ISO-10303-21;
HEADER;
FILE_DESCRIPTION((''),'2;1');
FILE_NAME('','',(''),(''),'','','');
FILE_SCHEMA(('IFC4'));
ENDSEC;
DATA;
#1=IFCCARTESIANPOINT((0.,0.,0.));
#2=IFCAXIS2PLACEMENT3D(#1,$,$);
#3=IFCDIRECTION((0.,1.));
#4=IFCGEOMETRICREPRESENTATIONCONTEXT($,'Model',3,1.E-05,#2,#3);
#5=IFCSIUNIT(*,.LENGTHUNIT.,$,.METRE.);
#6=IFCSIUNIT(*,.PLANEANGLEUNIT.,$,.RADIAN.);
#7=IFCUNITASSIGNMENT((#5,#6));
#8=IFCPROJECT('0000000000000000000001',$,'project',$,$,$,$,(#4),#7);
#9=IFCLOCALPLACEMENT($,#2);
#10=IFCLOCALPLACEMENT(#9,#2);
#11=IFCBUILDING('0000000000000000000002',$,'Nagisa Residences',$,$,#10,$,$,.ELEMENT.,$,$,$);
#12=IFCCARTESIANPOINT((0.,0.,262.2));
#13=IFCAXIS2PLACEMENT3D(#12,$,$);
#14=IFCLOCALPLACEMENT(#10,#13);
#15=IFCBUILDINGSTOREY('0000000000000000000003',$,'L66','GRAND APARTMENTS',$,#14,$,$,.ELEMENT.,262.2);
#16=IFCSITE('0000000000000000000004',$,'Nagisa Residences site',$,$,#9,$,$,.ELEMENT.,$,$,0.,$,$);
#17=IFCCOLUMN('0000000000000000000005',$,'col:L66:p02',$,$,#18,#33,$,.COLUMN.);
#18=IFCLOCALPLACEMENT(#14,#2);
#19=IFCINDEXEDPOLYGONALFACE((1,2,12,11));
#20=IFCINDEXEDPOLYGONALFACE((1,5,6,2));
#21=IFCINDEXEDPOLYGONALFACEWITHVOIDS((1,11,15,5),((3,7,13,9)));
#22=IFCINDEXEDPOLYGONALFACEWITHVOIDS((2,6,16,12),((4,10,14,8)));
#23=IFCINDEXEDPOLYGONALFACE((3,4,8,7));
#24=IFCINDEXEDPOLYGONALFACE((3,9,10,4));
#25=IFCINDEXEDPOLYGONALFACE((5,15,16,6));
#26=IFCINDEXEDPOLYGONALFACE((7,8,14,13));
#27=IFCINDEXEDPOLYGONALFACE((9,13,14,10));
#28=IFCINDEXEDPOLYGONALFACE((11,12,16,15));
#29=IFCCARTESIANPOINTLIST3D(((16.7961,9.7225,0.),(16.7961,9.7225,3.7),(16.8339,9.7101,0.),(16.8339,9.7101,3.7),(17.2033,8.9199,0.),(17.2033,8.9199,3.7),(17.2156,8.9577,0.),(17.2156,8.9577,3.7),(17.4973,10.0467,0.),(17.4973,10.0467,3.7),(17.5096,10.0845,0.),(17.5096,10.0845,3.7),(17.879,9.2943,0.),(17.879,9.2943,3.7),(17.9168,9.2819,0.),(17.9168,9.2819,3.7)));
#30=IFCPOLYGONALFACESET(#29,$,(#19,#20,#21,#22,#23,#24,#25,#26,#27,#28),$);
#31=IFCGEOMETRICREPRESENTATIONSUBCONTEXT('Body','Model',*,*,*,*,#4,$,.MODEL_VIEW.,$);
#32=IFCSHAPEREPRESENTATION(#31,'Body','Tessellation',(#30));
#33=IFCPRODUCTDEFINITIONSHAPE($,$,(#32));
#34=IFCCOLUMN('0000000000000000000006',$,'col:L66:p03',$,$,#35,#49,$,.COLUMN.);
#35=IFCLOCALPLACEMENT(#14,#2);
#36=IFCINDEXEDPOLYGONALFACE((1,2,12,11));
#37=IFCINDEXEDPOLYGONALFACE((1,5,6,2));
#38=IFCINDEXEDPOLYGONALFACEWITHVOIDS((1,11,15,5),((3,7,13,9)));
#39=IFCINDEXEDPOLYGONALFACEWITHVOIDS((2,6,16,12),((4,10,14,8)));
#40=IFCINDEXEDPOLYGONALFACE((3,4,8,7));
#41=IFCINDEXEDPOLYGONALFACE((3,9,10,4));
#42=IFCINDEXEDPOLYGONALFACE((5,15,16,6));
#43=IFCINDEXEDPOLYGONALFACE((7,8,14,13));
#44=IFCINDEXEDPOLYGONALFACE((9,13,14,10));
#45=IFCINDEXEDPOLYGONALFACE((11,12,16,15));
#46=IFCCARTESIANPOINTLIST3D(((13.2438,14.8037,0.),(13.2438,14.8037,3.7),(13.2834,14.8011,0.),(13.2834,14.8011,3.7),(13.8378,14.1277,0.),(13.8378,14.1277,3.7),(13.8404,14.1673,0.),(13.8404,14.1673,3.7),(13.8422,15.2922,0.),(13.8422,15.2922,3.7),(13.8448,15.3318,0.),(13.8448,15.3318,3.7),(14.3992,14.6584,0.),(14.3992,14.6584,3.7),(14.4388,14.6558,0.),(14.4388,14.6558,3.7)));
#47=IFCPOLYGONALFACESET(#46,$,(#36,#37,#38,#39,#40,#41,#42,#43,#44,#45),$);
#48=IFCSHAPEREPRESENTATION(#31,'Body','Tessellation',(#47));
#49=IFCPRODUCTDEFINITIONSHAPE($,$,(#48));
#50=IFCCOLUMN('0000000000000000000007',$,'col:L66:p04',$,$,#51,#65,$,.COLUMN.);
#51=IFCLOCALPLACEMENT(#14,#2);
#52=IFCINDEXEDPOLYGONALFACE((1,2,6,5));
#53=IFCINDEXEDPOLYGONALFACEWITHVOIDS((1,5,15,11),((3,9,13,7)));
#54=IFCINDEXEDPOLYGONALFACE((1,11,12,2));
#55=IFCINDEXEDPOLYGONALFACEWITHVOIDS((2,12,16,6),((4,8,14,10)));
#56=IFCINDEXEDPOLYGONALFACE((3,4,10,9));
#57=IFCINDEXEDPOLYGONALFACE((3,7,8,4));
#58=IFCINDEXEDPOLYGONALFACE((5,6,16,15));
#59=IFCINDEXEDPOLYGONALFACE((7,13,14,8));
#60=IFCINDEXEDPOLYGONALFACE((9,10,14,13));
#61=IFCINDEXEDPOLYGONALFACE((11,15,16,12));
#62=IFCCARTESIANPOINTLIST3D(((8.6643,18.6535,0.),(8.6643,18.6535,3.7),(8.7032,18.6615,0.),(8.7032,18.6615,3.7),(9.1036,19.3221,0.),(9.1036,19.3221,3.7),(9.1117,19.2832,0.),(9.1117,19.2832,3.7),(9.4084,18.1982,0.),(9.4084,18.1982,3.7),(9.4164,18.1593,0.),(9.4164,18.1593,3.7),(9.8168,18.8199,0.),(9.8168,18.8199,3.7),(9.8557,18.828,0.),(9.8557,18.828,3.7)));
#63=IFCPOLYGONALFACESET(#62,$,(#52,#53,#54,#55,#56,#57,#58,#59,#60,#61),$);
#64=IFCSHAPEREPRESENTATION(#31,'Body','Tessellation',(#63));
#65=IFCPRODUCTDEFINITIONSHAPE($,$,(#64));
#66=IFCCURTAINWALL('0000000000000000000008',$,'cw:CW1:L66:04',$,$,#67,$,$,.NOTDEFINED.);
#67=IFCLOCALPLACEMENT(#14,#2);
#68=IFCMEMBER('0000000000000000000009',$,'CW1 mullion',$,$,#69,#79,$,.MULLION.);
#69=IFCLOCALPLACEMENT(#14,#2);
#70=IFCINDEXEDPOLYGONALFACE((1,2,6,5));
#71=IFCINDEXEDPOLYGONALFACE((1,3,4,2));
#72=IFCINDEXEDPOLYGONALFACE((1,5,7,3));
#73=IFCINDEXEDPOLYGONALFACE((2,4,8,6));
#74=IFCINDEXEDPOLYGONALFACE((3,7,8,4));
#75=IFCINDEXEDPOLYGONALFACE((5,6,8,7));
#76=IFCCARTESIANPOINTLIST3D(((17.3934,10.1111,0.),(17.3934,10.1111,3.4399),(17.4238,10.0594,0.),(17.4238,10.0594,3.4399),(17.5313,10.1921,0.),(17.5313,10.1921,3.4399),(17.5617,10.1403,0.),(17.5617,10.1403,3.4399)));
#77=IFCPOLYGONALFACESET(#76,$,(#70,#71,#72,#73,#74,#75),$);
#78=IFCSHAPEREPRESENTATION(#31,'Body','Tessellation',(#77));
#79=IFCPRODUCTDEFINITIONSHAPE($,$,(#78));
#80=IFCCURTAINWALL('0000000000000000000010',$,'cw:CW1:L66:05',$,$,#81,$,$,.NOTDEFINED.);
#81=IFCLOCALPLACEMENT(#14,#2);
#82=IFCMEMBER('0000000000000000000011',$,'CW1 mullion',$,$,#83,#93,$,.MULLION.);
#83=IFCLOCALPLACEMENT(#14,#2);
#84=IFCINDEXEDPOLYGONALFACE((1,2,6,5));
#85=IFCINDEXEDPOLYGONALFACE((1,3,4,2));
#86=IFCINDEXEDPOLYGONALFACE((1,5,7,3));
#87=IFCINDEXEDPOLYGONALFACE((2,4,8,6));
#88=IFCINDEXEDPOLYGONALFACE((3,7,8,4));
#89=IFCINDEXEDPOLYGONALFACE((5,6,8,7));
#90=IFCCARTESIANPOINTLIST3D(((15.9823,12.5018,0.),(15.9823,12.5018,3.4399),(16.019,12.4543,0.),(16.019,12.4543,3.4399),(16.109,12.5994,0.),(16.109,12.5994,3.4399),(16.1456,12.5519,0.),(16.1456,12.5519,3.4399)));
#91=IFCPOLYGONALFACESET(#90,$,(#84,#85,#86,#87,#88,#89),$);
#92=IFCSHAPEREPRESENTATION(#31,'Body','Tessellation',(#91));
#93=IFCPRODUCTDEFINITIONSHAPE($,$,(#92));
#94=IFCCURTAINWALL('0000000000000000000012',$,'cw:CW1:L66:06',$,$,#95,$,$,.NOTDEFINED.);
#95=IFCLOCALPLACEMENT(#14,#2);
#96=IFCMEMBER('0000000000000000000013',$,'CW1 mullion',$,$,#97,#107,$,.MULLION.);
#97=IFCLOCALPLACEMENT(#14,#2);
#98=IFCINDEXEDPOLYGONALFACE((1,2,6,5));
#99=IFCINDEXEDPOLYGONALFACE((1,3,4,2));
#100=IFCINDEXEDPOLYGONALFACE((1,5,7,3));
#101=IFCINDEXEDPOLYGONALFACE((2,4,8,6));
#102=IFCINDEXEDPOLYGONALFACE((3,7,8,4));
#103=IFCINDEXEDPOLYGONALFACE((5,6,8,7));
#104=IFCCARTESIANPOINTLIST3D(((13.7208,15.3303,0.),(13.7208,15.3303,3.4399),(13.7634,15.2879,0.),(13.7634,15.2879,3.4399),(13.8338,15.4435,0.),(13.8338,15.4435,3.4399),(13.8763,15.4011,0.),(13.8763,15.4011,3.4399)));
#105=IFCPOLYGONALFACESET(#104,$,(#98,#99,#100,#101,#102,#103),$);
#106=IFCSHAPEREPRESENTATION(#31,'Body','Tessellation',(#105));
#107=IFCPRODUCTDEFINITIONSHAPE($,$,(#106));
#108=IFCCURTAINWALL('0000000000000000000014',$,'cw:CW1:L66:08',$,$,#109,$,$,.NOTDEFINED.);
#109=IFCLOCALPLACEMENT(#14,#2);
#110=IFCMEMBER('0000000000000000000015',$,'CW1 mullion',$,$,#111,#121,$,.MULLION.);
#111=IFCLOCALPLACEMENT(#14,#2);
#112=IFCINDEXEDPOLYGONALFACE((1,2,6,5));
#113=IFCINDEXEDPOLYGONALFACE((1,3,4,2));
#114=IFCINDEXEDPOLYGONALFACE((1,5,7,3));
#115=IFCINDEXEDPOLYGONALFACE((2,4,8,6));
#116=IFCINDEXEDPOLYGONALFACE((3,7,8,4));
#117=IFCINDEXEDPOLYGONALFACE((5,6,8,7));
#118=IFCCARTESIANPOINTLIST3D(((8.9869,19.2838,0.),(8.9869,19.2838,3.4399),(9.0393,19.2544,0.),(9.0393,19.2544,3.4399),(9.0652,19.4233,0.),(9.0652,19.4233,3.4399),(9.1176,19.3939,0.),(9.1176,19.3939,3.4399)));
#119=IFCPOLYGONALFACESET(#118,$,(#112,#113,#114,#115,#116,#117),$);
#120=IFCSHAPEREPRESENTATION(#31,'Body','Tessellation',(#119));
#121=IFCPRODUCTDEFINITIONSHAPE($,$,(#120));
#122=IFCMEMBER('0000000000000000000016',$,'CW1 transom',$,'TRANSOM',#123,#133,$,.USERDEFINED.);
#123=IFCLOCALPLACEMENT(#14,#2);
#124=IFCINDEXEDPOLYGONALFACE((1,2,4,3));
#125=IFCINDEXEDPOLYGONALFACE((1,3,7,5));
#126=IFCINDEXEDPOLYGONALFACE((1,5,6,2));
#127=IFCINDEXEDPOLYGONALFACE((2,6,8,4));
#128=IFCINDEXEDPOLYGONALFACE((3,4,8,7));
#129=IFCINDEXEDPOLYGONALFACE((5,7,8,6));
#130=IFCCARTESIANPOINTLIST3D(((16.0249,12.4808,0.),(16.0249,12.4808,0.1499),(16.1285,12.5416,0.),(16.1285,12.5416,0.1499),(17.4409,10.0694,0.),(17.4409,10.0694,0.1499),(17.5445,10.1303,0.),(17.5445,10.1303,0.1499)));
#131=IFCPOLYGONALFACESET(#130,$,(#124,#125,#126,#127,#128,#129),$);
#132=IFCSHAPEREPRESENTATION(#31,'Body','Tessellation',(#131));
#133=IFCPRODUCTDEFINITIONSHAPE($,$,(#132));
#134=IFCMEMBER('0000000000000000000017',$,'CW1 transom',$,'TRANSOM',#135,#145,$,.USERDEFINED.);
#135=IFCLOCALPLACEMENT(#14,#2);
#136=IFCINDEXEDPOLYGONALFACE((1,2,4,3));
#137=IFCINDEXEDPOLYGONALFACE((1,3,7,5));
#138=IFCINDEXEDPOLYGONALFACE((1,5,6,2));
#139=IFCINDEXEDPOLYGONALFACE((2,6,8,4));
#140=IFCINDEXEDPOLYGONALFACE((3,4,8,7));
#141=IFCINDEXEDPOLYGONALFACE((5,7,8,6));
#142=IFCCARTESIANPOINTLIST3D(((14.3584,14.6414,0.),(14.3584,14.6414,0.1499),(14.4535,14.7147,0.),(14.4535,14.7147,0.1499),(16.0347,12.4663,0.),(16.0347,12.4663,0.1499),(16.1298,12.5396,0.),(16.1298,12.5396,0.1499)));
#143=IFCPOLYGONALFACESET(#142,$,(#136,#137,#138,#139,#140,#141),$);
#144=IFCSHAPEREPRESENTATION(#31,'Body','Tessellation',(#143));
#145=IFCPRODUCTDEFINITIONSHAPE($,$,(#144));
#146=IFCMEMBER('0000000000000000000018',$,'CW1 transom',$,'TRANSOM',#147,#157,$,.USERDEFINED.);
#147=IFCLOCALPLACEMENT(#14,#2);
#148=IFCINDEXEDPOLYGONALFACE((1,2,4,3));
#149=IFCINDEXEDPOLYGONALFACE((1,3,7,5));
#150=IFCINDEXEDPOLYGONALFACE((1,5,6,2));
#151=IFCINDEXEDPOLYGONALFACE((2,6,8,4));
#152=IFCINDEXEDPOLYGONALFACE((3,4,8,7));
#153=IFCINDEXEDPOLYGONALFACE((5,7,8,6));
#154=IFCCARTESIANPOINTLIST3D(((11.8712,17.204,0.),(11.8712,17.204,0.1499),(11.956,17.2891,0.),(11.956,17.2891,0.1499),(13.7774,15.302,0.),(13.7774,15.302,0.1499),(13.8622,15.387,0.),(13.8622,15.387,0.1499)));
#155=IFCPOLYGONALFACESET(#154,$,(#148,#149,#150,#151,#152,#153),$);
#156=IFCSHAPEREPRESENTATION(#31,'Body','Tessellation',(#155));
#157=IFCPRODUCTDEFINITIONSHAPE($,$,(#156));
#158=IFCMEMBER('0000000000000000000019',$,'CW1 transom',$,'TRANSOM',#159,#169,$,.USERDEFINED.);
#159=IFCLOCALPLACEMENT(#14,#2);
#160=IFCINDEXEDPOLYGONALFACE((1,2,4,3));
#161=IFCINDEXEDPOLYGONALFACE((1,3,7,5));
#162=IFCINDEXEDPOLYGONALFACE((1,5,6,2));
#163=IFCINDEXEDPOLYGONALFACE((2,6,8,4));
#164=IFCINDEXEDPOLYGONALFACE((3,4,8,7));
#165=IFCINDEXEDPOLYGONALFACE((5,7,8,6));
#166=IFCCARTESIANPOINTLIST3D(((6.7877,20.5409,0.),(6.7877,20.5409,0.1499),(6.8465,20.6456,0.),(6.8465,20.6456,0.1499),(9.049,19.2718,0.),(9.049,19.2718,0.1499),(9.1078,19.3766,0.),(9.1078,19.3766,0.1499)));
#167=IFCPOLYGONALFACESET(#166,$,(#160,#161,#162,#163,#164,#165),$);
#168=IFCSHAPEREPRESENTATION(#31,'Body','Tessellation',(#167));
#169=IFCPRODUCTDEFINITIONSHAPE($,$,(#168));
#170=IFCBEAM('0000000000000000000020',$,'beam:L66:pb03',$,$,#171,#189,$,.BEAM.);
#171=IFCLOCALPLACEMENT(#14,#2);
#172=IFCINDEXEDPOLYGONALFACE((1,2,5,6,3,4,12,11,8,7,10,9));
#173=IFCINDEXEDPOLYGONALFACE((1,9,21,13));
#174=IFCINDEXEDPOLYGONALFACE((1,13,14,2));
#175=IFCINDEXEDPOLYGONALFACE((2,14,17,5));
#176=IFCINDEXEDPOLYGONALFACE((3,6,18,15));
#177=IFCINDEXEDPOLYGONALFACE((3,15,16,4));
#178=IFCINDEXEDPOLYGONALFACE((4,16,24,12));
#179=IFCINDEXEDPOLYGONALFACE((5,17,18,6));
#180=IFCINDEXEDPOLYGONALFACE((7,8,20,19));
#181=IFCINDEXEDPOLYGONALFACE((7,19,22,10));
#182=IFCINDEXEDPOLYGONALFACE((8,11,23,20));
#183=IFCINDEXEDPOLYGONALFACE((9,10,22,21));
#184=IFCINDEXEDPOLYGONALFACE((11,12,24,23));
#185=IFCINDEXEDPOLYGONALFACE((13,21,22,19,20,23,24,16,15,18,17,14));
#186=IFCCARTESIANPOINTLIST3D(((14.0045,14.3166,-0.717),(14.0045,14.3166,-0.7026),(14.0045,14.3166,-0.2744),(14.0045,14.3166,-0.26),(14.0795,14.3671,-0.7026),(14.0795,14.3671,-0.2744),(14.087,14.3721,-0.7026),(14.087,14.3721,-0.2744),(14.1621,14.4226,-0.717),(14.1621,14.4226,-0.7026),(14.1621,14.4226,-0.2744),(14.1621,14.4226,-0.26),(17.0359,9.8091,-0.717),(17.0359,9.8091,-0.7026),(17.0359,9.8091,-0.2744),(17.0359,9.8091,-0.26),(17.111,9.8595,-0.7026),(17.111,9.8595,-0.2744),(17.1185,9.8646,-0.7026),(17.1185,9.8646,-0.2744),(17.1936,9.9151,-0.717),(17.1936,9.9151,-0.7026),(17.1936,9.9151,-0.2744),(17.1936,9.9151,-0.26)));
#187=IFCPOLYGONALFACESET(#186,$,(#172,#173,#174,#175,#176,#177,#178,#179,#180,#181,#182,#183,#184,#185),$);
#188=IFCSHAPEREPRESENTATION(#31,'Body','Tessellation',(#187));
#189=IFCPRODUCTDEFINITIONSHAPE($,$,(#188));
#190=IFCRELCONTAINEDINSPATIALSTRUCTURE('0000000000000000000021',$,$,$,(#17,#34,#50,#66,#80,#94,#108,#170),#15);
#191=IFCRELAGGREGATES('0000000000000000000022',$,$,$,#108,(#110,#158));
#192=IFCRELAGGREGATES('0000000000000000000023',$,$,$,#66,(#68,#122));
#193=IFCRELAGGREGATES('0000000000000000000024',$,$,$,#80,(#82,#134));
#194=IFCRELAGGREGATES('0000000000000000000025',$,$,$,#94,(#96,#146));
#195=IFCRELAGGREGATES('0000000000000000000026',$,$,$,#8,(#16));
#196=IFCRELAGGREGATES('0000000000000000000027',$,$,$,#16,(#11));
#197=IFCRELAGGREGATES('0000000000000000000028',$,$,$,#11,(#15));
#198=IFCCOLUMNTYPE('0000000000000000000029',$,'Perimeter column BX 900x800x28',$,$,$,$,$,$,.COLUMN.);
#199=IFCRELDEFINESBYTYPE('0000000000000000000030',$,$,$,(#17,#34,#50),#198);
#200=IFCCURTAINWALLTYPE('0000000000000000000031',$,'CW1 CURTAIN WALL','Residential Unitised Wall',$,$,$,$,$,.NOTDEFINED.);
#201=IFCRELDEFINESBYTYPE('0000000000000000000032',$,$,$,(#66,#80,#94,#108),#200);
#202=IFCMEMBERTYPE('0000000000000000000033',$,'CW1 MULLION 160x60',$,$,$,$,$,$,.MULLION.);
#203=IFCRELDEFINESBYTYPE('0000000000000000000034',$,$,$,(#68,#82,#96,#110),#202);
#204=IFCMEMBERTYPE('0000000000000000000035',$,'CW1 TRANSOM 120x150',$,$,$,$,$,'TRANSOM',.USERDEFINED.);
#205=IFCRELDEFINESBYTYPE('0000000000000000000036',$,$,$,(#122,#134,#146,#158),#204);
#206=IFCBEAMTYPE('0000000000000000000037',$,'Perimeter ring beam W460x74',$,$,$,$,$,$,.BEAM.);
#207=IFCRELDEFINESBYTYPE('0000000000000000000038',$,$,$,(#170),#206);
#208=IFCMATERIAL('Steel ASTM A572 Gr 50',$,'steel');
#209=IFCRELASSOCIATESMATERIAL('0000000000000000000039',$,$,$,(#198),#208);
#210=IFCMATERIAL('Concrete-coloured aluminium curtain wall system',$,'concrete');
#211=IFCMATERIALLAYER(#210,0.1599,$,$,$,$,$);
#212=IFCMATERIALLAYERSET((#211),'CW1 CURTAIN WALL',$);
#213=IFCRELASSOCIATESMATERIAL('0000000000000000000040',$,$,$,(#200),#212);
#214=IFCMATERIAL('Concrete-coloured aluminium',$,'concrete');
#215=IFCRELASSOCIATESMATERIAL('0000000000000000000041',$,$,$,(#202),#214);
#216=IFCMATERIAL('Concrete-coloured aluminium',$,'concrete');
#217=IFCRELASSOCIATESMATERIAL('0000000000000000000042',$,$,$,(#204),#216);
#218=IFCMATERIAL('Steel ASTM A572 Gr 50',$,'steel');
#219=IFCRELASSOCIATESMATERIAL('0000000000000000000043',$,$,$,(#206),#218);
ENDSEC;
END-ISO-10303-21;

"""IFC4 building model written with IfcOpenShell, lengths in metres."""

from ifc_helpers import new_model, si_unit, direction, frame, origin, origin_2d, place, context, subcontext, project, spatial, rectangle, hollow_rectangle, i_section, extrude, material, layer, layer_set, material_profile, profile_set, type_object, element, aggregate, save


model = new_model("IFC4")

# Units and contexts
model_context = context("Model", 3, precision=1e-05, world=origin(), true_north=direction((0.0, 1.0)))
body_context = subcontext(model_context, "Body", "Model", "MODEL_VIEW")
ifc_project = project(units=[si_unit("LENGTHUNIT", "METRE"), si_unit("PLANEANGLEUNIT", "RADIAN")], contexts=[model_context])

# Site, building, storey
site_placement = place(None, origin())
site = spatial("IfcSite", under=ifc_project, at=site_placement, Name="Nagisa Residences site", CompositionType="ELEMENT", RefElevation=0.0)
building_placement = place(site_placement, origin())
building = spatial("IfcBuilding", under=site, at=building_placement, Name="Nagisa Residences", CompositionType="ELEMENT")
storey_placement = place(building_placement, frame((0.0, 0.0, 262.2)))
storey = spatial("IfcBuildingStorey", under=building, at=storey_placement, Name="L66", Description="GRAND APARTMENTS", CompositionType="ELEMENT", Elevation=262.2)

# Columns
ifc_material_1 = material(Name="Steel ASTM A572 Gr 50", Category="steel")
ifc_material_profile_1 = material_profile(ifc_material_1, hollow_rectangle(XDim=0.8999, YDim=0.8, WallThickness=0.0281, at=origin_2d()), Name="BX 900x800x28")
ifc_profile_set_1 = profile_set([ifc_material_profile_1], Name="Steel ASTM A572 Gr 50")
column_type = type_object("IfcColumnType", Name="Perimeter column BX 900x800x28", PredefinedType="COLUMN", material=ifc_profile_set_1)
for number, where, z_axis, x_axis, name in (
    (1, (17.3564, 9.5022, 0.0), (0.0, 0.0, 1.0), (-0.452463, 0.891783, 0.0), "col:L66:p02"),
    (2, (13.8413, 14.7297, 0.0), (0.0, 0.0, 1.0), (-0.660115, 0.751165, 0.0), "col:L66:p03"),
    (3, (9.26, 18.7407, 0.0), (0.0, 0.0, 1.0), (-0.835766, 0.549086, 0.0), "col:L66:p04"),
):
    element("IfcColumn", number, at=place(storey_placement, frame(where, z_axis=z_axis, x_axis=x_axis)), inside=storey, type_object=column_type, Name=name, PredefinedType="COLUMN", context=body_context, shape_type="SweptSolid", body=[
        extrude(hollow_rectangle(XDim=0.8999, YDim=0.8, WallThickness=0.0281, at=origin_2d()), origin(), (0.0, 0.0, 1.0), 3.7),
    ])

# Curtain walls, members
ifc_material_2 = material(Name="Concrete-coloured aluminium curtain wall system", Category="concrete")
ifc_layer_1 = layer(ifc_material_2, 0.1599)
ifc_layer_set_1 = layer_set([ifc_layer_1], Name="CW1 CURTAIN WALL")
curtain_wall_type = type_object("IfcCurtainWallType", Name="CW1 CURTAIN WALL", Description="Residential Unitised Wall", PredefinedType="NOTDEFINED", material=ifc_layer_set_1)
curtain_wall_1_placement = place(storey_placement, origin())
curtain_wall_1 = element("IfcCurtainWall", 4, at=curtain_wall_1_placement, inside=storey, type_object=curtain_wall_type, Name="cw:CW1:L66:04", PredefinedType="NOTDEFINED")
ifc_material_3 = material(Name="Concrete-coloured aluminium", Category="concrete")
ifc_material_profile_2 = material_profile(ifc_material_3, rectangle(XDim=0.1599, YDim=0.0601, at=origin_2d()), Name="CW1 MULLION 160x60")
ifc_profile_set_2 = profile_set([ifc_material_profile_2], Name="Concrete-coloured aluminium")
member_type_1 = type_object("IfcMemberType", Name="CW1 MULLION 160x60", PredefinedType="MULLION", material=ifc_profile_set_2)
member_1_placement = place(storey_placement, frame((17.4775, 10.1257, 0.0), z_axis=(0.0, 0.0, 1.0), x_axis=(-0.862329, -0.506349, 0.0)))
member_1 = element("IfcMember", 5, at=member_1_placement, type_object=member_type_1, Name="CW1 mullion", PredefinedType="MULLION", context=body_context, shape_type="SweptSolid", body=[
    extrude(rectangle(XDim=0.1599, YDim=0.0601, at=origin_2d()), origin(), (0.0, 0.0, 1.0), 3.4399),
])
curtain_wall_2_placement = place(storey_placement, origin())
curtain_wall_2 = element("IfcCurtainWall", 6, at=curtain_wall_2_placement, inside=storey, type_object=curtain_wall_type, Name="cw:CW1:L66:05", PredefinedType="NOTDEFINED")
member_2_placement = place(storey_placement, frame((16.064, 12.5269, 0.0), z_axis=(0.0, 0.0, 1.0), x_axis=(-0.79207, -0.61043, 0.0)))
member_2 = element("IfcMember", 7, at=member_2_placement, type_object=member_type_1, Name="CW1 mullion", PredefinedType="MULLION", context=body_context, shape_type="SweptSolid", body=[
    extrude(rectangle(XDim=0.1599, YDim=0.0601, at=origin_2d()), origin(), (0.0, 0.0, 1.0), 3.4399),
])
curtain_wall_3_placement = place(storey_placement, origin())
curtain_wall_3 = element("IfcCurtainWall", 8, at=curtain_wall_3_placement, inside=storey, type_object=curtain_wall_type, Name="cw:CW1:L66:06", PredefinedType="NOTDEFINED")
member_3_placement = place(storey_placement, frame((13.7986, 15.3657, 0.0), z_axis=(0.0, 0.0, 1.0), x_axis=(-0.706377, -0.707836, 0.0)))
member_3 = element("IfcMember", 9, at=member_3_placement, type_object=member_type_1, Name="CW1 mullion", PredefinedType="MULLION", context=body_context, shape_type="SweptSolid", body=[
    extrude(rectangle(XDim=0.1599, YDim=0.0601, at=origin_2d()), origin(), (0.0, 0.0, 1.0), 3.4399),
])
curtain_wall_4_placement = place(storey_placement, origin())
curtain_wall_4 = element("IfcCurtainWall", 10, at=curtain_wall_4_placement, inside=storey, type_object=curtain_wall_type, Name="cw:CW1:L66:08", PredefinedType="NOTDEFINED")
member_4_placement = place(storey_placement, frame((9.0522, 19.3389, 0.0), z_axis=(0.0, 0.0, 1.0), x_axis=(-0.489377, -0.872072, 0.0)))
member_4 = element("IfcMember", 11, at=member_4_placement, type_object=member_type_1, Name="CW1 mullion", PredefinedType="MULLION", context=body_context, shape_type="SweptSolid", body=[
    extrude(rectangle(XDim=0.1599, YDim=0.0601, at=origin_2d()), origin(), (0.0, 0.0, 1.0), 3.4399),
])

# Members
ifc_material_4 = material(Name="Concrete-coloured aluminium", Category="concrete")
ifc_material_profile_3 = material_profile(ifc_material_4, rectangle(XDim=0.1201, YDim=0.1499, at=origin_2d()), Name="CW1 TRANSOM 120x150")
ifc_profile_set_3 = profile_set([ifc_material_profile_3], Name="Concrete-coloured aluminium")
member_type_2 = type_object("IfcMemberType", Name="CW1 TRANSOM 120x150", ElementType="TRANSOM", PredefinedType="USERDEFINED", material=ifc_profile_set_3)
member_5_placement = place(storey_placement, frame((17.4927, 10.0999, 0.075), z_axis=(-0.506371, 0.862316, 0.0), x_axis=(-0.862316, -0.506371, 0.0)))
member_5 = element("IfcMember", 12, at=member_5_placement, type_object=member_type_2, Name="CW1 transom", ObjectType="TRANSOM", PredefinedType="USERDEFINED", context=body_context, shape_type="SweptSolid", body=[
    extrude(rectangle(XDim=0.1201, YDim=0.1499, at=origin_2d()), origin(), (0.0, 0.0, 1.0), 2.7964),
])
member_6_placement = place(storey_placement, frame((16.0823, 12.5029, 0.075), z_axis=(-0.610432, 0.792068, 0.0), x_axis=(-0.792068, -0.610432, 0.0)))
member_6 = element("IfcMember", 13, at=member_6_placement, type_object=member_type_2, Name="CW1 transom", ObjectType="TRANSOM", PredefinedType="USERDEFINED", context=body_context, shape_type="SweptSolid", body=[
    extrude(rectangle(XDim=0.1201, YDim=0.1499, at=origin_2d()), origin(), (0.0, 0.0, 1.0), 2.7461),
])
member_7_placement = place(storey_placement, frame((13.8198, 15.3445, 0.075), z_axis=(-0.707877, 0.706336, 0.0), x_axis=(-0.706336, -0.707877, 0.0)))
member_7 = element("IfcMember", 14, at=member_7_placement, type_object=member_type_2, Name="CW1 transom", ObjectType="TRANSOM", PredefinedType="USERDEFINED", context=body_context, shape_type="SweptSolid", body=[
    extrude(rectangle(XDim=0.1201, YDim=0.1499, at=origin_2d()), origin(), (0.0, 0.0, 1.0), 2.6929),
])
member_8_placement = place(storey_placement, frame((9.0784, 19.3242, 0.075), z_axis=(-0.872053, 0.489412, 0.0), x_axis=(-0.489412, -0.872053, 0.0)))
member_8 = element("IfcMember", 15, at=member_8_placement, type_object=member_type_2, Name="CW1 transom", ObjectType="TRANSOM", PredefinedType="USERDEFINED", context=body_context, shape_type="SweptSolid", body=[
    extrude(rectangle(XDim=0.1201, YDim=0.1499, at=origin_2d()), origin(), (0.0, 0.0, 1.0), 2.593),
])
aggregate(curtain_wall_4, [member_4, member_8])

# Beam
ifc_material_5 = material(Name="Steel ASTM A572 Gr 50", Category="steel")
ifc_material_profile_4 = material_profile(ifc_material_5, i_section(OverallWidth=0.1899, OverallDepth=0.457, WebThickness=0.009, FlangeThickness=0.0144, at=origin_2d()), Name="W460x74")
ifc_profile_set_4 = profile_set([ifc_material_profile_4], Name="Steel ASTM A572 Gr 50")
beam_type_1 = type_object("IfcBeamType", Name="Perimeter ring beam W460x74", PredefinedType="BEAM", material=ifc_profile_set_4)
beam_1_placement = place(storey_placement, frame((17.1147, 9.8621, -0.4885), z_axis=(-0.558066, 0.829796, 0.0), x_axis=(-0.829796, -0.558066, 0.0)))
element("IfcBeam", 16, at=beam_1_placement, inside=storey, type_object=beam_type_1, Name="beam:L66:pb03", PredefinedType="BEAM", context=body_context, shape_type="SweptSolid", body=[
    extrude(i_section(OverallWidth=0.1899, OverallDepth=0.457, WebThickness=0.009, FlangeThickness=0.0144, at=origin_2d()), origin(), (0.0, 0.0, 1.0), 5.4321),
])

aggregate(curtain_wall_1, [member_1, member_5])
aggregate(curtain_wall_2, [member_2, member_6])
aggregate(curtain_wall_3, [member_3, member_7])

save(model, "model.ifc")
